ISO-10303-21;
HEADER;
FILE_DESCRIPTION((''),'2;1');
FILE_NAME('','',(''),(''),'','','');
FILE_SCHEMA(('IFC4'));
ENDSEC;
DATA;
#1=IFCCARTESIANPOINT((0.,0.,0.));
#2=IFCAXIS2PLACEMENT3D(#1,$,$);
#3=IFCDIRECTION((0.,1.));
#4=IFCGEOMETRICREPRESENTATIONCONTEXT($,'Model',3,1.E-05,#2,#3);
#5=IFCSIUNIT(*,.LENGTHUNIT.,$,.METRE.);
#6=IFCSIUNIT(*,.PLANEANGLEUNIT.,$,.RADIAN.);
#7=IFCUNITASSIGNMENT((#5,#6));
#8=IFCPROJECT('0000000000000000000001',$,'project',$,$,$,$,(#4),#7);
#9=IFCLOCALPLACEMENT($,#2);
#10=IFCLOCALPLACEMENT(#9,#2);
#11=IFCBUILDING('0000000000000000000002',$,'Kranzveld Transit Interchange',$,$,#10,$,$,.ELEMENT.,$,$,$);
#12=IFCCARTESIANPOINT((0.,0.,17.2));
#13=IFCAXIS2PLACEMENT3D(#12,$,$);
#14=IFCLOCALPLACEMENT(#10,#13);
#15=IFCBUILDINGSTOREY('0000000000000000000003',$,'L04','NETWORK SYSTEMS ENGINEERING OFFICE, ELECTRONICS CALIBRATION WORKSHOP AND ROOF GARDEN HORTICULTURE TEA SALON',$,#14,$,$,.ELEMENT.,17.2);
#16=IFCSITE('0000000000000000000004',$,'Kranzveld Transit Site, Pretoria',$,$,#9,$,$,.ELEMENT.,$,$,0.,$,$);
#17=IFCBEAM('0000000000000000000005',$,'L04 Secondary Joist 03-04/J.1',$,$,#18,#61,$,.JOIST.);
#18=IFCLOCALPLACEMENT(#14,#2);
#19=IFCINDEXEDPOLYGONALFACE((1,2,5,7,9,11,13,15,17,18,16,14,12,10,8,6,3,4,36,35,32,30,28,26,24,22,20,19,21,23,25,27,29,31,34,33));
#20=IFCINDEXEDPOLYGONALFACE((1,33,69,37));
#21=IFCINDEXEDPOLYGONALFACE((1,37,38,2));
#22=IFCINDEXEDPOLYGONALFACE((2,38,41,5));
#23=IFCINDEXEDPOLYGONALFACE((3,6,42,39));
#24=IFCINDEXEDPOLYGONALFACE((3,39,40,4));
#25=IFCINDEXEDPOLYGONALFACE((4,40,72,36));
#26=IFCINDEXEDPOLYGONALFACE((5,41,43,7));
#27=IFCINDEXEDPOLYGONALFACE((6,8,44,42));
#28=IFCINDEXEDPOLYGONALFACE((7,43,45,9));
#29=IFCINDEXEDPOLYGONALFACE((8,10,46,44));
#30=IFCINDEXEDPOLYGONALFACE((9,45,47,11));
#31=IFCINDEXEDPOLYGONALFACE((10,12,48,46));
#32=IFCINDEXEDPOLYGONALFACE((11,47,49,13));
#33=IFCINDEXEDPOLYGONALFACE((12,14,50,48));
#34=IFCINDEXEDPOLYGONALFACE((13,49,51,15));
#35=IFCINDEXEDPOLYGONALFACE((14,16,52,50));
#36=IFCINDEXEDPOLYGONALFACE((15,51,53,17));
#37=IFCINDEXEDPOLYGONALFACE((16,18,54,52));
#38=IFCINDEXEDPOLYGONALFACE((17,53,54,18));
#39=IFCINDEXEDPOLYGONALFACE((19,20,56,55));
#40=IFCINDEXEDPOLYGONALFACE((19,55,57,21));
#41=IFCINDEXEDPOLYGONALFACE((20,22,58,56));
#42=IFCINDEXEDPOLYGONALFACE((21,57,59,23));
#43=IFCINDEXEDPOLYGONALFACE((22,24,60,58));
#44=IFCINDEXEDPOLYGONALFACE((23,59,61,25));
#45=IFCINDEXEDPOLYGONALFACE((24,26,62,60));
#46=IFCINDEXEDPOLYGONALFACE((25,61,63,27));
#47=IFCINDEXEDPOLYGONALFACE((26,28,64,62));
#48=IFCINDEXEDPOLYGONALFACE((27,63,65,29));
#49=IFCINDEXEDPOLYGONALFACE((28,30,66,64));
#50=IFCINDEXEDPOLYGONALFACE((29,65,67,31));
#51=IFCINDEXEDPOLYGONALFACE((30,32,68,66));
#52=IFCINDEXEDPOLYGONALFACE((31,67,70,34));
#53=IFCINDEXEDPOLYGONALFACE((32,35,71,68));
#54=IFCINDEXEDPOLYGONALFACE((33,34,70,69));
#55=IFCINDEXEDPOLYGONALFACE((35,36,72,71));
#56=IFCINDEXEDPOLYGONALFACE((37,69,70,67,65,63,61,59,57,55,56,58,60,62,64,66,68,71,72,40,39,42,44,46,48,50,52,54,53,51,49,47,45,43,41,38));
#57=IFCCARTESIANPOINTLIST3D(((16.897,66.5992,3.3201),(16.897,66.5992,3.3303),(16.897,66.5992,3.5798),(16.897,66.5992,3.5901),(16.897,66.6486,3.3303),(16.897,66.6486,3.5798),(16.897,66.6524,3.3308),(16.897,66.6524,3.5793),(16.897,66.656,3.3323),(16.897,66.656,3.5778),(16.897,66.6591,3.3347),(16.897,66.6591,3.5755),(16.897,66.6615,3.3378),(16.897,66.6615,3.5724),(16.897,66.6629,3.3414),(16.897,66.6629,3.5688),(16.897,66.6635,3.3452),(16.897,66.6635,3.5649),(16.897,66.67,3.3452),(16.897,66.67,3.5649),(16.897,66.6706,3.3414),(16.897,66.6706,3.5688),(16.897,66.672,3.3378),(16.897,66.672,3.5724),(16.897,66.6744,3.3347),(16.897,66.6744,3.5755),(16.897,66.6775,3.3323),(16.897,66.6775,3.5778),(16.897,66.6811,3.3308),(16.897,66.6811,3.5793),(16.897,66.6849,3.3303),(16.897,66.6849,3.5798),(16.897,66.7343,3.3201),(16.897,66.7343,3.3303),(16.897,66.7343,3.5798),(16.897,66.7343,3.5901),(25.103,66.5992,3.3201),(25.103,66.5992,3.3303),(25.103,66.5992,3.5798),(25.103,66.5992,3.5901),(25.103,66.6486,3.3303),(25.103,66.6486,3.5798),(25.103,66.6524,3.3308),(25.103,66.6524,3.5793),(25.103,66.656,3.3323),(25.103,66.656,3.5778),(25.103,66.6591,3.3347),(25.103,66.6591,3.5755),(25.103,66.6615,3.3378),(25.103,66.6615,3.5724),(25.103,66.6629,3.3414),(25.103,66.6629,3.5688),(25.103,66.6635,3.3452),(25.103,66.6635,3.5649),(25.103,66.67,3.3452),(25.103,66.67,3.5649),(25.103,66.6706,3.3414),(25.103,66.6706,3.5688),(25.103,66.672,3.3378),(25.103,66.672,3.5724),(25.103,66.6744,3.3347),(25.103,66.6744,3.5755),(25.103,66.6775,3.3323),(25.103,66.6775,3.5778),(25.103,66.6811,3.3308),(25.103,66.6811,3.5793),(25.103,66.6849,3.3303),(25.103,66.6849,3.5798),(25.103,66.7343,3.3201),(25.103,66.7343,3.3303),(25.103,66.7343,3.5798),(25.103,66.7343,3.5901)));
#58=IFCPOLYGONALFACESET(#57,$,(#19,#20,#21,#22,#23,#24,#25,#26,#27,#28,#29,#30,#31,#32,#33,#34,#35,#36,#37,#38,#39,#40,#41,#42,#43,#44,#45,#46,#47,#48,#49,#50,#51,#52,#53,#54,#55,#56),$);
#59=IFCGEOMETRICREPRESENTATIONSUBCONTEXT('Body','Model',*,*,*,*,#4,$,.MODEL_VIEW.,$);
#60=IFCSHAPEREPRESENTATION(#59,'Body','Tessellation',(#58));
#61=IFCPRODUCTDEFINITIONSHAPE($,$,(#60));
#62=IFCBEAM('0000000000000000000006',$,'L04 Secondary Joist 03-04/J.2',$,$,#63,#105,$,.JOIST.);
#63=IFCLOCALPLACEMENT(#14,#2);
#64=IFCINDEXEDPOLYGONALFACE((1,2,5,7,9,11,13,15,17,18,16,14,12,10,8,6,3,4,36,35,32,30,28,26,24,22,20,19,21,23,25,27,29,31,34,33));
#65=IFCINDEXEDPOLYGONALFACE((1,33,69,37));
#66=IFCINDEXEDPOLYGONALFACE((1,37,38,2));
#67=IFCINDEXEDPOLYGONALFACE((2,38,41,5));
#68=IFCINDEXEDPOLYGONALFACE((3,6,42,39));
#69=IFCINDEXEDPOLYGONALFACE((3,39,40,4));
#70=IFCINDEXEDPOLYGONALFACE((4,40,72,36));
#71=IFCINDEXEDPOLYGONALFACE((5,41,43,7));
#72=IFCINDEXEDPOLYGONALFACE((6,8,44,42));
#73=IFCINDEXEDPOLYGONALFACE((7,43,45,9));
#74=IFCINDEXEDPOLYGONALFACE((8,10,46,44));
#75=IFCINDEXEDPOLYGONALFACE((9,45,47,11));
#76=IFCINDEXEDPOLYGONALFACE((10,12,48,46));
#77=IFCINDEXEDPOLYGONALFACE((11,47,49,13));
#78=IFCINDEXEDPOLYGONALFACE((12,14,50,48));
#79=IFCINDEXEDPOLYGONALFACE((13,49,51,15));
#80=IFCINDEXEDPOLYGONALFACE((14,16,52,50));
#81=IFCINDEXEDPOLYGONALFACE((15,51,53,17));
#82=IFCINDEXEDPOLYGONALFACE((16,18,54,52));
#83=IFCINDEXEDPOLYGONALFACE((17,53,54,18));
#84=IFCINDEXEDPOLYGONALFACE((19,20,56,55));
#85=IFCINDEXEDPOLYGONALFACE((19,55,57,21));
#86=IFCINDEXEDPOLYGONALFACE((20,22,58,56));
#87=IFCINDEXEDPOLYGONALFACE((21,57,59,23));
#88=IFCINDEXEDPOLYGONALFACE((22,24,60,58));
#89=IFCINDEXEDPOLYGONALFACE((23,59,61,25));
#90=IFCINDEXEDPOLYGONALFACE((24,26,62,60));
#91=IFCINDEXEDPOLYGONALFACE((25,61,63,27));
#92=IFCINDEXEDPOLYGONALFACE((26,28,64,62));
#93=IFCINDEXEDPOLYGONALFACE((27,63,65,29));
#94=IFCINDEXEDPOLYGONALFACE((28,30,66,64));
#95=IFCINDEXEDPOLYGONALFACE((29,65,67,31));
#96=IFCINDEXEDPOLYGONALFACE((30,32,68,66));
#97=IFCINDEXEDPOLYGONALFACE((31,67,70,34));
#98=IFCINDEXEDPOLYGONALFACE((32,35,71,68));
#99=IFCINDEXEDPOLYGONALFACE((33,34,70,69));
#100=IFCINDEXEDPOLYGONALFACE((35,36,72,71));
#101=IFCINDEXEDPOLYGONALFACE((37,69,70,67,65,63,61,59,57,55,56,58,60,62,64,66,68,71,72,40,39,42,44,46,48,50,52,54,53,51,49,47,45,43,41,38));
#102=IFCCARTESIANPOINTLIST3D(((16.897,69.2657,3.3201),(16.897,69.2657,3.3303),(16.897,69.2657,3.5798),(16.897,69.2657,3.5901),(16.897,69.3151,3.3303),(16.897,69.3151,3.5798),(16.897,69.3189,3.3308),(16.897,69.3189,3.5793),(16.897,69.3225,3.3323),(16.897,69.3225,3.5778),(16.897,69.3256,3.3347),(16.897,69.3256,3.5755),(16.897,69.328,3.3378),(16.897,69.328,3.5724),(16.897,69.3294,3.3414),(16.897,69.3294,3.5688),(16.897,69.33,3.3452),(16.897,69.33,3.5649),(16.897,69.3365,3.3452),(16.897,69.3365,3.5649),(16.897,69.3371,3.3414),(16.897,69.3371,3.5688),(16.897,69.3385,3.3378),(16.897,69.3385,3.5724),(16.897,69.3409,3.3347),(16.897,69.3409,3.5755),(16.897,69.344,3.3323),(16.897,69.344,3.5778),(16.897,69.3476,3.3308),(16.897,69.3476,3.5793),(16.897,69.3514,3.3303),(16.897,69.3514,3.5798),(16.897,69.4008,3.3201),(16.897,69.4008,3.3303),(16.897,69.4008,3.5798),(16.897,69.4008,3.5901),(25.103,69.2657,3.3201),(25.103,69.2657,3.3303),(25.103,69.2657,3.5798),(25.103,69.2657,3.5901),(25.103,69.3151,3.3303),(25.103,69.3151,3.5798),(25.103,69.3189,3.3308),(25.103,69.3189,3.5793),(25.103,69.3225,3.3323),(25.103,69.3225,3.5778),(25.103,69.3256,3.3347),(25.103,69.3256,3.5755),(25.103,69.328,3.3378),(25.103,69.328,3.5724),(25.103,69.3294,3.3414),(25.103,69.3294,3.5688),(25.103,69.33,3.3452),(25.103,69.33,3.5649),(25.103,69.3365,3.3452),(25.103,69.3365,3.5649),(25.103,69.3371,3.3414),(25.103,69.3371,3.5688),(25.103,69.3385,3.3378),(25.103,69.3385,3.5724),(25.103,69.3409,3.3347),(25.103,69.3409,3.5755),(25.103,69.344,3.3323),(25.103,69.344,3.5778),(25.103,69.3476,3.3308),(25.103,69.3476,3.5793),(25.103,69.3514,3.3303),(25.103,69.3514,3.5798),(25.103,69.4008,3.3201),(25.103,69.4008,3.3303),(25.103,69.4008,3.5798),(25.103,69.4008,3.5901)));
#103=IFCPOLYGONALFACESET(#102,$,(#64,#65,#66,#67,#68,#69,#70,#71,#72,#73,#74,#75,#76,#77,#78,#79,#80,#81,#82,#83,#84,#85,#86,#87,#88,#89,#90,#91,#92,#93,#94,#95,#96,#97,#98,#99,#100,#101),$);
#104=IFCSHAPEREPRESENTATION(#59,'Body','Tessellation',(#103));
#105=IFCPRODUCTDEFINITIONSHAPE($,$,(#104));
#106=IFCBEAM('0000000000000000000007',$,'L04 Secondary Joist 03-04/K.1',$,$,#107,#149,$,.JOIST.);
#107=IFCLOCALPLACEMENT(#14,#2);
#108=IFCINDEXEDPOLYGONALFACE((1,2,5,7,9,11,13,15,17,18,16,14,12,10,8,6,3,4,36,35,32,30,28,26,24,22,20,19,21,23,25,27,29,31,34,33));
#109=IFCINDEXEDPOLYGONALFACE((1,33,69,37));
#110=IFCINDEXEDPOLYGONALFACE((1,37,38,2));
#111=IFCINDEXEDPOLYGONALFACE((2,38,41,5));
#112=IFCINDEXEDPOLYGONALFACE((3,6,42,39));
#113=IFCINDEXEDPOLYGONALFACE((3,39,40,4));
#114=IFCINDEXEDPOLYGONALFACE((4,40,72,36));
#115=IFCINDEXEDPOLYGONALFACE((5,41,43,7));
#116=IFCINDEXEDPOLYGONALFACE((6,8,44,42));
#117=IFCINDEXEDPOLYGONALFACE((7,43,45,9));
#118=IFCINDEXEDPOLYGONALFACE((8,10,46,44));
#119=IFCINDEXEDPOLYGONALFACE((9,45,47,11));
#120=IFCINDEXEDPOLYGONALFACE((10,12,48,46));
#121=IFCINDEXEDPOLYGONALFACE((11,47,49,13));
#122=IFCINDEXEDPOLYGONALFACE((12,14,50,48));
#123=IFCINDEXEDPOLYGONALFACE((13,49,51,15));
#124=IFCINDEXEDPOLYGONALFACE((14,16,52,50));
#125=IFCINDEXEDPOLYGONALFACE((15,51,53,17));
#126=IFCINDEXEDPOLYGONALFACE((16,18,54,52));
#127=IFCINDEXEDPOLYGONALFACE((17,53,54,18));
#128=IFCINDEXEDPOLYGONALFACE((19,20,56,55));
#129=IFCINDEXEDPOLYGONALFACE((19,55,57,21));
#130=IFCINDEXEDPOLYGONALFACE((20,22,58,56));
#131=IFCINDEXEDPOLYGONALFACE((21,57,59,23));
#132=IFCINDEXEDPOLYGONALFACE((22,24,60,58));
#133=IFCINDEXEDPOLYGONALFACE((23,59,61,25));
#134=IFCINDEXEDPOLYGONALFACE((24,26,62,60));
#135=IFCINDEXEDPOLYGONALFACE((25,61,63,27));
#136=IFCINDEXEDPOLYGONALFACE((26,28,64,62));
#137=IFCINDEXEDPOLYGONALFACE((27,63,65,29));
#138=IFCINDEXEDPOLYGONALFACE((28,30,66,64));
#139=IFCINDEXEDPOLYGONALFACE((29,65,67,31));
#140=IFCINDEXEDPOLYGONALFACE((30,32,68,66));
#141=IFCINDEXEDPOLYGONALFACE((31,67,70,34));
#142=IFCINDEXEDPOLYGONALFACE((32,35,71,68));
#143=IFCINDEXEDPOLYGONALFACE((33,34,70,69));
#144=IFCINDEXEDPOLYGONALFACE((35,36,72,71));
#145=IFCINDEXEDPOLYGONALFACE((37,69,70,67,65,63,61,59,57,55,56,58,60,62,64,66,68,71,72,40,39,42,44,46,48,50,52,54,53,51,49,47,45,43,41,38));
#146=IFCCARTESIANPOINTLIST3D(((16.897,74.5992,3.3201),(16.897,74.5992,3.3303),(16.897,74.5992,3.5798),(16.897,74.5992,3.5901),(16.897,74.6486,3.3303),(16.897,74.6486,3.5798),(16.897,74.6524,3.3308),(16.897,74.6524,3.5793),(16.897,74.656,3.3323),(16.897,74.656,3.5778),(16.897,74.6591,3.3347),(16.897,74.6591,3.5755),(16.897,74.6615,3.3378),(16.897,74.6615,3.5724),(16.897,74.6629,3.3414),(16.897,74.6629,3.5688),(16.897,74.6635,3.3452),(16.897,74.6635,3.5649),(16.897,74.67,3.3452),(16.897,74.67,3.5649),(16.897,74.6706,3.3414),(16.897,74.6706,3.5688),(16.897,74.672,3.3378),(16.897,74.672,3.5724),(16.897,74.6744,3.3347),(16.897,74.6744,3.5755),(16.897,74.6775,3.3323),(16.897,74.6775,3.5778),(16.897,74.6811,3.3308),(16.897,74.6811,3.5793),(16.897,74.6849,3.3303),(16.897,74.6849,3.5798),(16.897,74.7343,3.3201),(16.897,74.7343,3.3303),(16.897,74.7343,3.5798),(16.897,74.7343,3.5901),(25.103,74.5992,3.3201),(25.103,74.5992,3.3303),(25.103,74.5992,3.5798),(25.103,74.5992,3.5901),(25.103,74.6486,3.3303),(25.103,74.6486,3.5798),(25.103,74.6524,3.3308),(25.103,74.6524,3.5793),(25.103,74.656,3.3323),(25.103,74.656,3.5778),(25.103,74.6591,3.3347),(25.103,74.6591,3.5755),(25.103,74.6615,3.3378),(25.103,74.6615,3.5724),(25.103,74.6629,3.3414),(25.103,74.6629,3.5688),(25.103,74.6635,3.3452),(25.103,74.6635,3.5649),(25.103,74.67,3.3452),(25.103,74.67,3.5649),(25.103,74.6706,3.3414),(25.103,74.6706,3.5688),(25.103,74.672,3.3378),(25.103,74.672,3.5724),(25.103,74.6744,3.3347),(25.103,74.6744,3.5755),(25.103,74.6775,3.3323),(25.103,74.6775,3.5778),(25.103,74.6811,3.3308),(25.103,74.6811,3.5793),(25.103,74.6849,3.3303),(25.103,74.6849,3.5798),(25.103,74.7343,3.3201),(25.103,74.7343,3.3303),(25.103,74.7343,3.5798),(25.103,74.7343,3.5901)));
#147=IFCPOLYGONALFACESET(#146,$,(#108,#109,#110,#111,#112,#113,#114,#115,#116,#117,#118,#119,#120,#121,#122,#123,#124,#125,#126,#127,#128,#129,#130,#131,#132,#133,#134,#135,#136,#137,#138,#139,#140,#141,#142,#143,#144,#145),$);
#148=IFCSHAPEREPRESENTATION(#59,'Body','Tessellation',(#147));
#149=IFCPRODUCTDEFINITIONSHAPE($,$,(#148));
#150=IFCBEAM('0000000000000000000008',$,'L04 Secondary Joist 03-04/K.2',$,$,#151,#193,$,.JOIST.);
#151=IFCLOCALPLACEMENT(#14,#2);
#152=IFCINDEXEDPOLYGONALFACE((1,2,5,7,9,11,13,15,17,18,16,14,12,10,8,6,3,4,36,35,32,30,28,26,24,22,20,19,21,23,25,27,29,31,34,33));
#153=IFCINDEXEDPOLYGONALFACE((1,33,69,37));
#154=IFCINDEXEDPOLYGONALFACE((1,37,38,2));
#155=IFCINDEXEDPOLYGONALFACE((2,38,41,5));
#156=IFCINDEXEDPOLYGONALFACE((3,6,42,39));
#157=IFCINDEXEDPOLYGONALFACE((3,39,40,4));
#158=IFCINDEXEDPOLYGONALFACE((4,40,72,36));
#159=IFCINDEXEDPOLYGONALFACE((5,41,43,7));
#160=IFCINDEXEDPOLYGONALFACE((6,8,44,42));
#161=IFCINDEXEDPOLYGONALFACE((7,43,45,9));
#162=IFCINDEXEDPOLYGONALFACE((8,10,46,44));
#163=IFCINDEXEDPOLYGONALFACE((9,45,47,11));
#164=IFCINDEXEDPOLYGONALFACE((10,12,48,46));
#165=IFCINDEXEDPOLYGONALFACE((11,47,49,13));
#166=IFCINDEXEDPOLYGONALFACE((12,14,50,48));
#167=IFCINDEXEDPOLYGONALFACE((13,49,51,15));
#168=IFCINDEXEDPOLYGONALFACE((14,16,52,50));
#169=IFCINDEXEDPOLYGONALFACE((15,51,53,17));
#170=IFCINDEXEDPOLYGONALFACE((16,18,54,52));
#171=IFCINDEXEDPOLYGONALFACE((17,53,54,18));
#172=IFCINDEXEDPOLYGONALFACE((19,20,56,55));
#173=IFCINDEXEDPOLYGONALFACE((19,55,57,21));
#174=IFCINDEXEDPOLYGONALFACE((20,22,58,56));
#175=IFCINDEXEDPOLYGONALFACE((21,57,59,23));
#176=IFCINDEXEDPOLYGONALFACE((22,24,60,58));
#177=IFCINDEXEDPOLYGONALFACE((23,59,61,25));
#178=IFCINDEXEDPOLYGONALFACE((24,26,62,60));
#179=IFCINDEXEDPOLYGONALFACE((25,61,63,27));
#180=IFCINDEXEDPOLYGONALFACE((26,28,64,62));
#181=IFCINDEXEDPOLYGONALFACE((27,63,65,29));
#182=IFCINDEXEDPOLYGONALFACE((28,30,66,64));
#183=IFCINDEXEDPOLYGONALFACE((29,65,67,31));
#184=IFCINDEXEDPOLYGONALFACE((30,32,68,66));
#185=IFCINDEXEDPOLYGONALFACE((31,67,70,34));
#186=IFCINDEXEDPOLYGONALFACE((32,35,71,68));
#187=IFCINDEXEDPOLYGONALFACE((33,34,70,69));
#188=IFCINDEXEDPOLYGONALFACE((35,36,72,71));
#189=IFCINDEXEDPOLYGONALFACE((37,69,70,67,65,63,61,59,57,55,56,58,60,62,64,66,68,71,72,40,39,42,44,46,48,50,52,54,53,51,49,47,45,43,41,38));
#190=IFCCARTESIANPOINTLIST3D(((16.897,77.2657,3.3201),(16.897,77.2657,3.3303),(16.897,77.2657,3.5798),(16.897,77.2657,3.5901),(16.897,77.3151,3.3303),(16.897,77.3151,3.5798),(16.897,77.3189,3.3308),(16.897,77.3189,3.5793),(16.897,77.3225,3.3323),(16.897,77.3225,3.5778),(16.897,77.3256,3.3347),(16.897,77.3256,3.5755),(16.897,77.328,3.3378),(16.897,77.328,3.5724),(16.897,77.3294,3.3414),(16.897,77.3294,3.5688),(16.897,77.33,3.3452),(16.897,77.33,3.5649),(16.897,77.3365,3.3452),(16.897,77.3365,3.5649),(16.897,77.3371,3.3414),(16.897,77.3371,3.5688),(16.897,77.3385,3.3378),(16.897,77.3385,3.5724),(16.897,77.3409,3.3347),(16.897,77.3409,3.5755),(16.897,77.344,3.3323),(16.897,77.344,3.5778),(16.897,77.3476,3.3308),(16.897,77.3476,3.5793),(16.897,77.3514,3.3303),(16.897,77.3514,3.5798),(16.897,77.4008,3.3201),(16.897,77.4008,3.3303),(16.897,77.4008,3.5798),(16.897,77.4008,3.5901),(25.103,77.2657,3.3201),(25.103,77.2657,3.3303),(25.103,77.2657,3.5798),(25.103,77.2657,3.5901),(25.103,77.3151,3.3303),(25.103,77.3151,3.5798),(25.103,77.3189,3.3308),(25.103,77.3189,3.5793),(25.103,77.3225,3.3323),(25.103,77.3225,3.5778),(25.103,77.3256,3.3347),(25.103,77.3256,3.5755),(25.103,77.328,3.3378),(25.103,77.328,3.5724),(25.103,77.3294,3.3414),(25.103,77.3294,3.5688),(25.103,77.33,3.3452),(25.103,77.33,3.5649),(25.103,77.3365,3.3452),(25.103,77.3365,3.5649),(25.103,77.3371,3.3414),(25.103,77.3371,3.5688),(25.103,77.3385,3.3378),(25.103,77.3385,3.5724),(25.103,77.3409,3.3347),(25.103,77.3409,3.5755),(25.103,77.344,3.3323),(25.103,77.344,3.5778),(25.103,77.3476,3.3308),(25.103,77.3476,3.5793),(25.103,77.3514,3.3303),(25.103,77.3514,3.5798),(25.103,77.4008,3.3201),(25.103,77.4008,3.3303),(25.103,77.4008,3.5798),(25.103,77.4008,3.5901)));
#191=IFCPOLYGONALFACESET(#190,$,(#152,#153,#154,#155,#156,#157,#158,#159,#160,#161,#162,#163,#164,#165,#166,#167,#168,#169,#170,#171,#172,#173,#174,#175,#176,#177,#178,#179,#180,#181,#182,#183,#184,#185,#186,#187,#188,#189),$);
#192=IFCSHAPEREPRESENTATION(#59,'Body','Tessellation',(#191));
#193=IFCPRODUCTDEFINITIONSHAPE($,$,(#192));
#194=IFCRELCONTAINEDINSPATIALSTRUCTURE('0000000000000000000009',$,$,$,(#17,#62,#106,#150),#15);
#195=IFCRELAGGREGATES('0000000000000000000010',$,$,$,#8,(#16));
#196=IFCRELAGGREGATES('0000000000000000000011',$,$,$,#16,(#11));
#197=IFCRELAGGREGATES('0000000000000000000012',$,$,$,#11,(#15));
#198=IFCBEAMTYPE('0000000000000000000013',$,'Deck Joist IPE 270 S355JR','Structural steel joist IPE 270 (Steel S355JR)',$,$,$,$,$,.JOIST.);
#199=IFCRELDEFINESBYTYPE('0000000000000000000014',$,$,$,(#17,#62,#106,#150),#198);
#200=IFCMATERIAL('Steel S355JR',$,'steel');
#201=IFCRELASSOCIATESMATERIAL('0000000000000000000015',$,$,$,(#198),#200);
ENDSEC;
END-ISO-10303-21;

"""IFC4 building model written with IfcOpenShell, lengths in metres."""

from ifc_helpers import new_model, si_unit, direction, frame, origin, origin_2d, place, context, subcontext, project, spatial, i_section, extrude, material, material_profile, profile_set, type_object, element, save


model = new_model("IFC4")

# Units and contexts
model_context = context("Model", 3, precision=1e-05, world=origin(), true_north=direction((0.0, 1.0)))
body_context = subcontext(model_context, "Body", "Model", "MODEL_VIEW")
ifc_project = project(units=[si_unit("LENGTHUNIT", "METRE"), si_unit("PLANEANGLEUNIT", "RADIAN")], contexts=[model_context])

# Site, building, storey
site_placement = place(None, origin())
site = spatial("IfcSite", under=ifc_project, at=site_placement, Name="Kranzveld Transit Site, Pretoria", CompositionType="ELEMENT", RefElevation=0.0)
building_placement = place(site_placement, origin())
building = spatial("IfcBuilding", under=site, at=building_placement, Name="Kranzveld Transit Interchange", CompositionType="ELEMENT")
storey_placement = place(building_placement, frame((0.0, 0.0, 17.2)))
storey = spatial("IfcBuildingStorey", under=building, at=storey_placement, Name="L04", Description="NETWORK SYSTEMS ENGINEERING OFFICE, ELECTRONICS CALIBRATION WORKSHOP AND ROOF GARDEN HORTICULTURE TEA SALON", CompositionType="ELEMENT", Elevation=17.2)

# Beams
ifc_material_1 = material(Name="Steel S355JR", Category="steel")
ifc_material_profile_1 = material_profile(ifc_material_1, i_section(OverallWidth=0.135, OverallDepth=0.27, WebThickness=0.0066, FlangeThickness=0.0103, FilletRadius=0.0149, at=origin_2d()), Name="IPE 270")
ifc_profile_set_1 = profile_set([ifc_material_profile_1], Name="Steel S355JR")
beam_type_1 = type_object("IfcBeamType", Name="Deck Joist IPE 270 S355JR", Description="Structural steel joist IPE 270 (Steel S355JR)", PredefinedType="JOIST", material=ifc_profile_set_1)
for number, where, z_axis, x_axis, name in (
    (1, (16.897, 66.6667, 3.4551), (1.0, 0.0, 0.0), (0.0, 1.0, 0.0), "L04 Secondary Joist 03-04/J.1"),
    (2, (16.897, 69.3333, 3.4551), (1.0, 0.0, 0.0), (0.0, 1.0, 0.0), "L04 Secondary Joist 03-04/J.2"),
    (3, (16.897, 74.6667, 3.4551), (1.0, 0.0, 0.0), (0.0, 1.0, 0.0), "L04 Secondary Joist 03-04/K.1"),
    (4, (16.897, 77.3333, 3.4551), (1.0, 0.0, 0.0), (0.0, 1.0, 0.0), "L04 Secondary Joist 03-04/K.2"),
):
    element("IfcBeam", number, at=place(storey_placement, frame(where, z_axis=z_axis, x_axis=x_axis)), inside=storey, type_object=beam_type_1, Name=name, PredefinedType="JOIST", context=body_context, shape_type="SweptSolid", body=[
        extrude(i_section(OverallWidth=0.135, OverallDepth=0.27, WebThickness=0.0066, FlangeThickness=0.0103, FilletRadius=0.0149, at=origin_2d()), origin(), (0.0, 0.0, 1.0), 8.2061),
    ])

save(model, "model.ifc")
